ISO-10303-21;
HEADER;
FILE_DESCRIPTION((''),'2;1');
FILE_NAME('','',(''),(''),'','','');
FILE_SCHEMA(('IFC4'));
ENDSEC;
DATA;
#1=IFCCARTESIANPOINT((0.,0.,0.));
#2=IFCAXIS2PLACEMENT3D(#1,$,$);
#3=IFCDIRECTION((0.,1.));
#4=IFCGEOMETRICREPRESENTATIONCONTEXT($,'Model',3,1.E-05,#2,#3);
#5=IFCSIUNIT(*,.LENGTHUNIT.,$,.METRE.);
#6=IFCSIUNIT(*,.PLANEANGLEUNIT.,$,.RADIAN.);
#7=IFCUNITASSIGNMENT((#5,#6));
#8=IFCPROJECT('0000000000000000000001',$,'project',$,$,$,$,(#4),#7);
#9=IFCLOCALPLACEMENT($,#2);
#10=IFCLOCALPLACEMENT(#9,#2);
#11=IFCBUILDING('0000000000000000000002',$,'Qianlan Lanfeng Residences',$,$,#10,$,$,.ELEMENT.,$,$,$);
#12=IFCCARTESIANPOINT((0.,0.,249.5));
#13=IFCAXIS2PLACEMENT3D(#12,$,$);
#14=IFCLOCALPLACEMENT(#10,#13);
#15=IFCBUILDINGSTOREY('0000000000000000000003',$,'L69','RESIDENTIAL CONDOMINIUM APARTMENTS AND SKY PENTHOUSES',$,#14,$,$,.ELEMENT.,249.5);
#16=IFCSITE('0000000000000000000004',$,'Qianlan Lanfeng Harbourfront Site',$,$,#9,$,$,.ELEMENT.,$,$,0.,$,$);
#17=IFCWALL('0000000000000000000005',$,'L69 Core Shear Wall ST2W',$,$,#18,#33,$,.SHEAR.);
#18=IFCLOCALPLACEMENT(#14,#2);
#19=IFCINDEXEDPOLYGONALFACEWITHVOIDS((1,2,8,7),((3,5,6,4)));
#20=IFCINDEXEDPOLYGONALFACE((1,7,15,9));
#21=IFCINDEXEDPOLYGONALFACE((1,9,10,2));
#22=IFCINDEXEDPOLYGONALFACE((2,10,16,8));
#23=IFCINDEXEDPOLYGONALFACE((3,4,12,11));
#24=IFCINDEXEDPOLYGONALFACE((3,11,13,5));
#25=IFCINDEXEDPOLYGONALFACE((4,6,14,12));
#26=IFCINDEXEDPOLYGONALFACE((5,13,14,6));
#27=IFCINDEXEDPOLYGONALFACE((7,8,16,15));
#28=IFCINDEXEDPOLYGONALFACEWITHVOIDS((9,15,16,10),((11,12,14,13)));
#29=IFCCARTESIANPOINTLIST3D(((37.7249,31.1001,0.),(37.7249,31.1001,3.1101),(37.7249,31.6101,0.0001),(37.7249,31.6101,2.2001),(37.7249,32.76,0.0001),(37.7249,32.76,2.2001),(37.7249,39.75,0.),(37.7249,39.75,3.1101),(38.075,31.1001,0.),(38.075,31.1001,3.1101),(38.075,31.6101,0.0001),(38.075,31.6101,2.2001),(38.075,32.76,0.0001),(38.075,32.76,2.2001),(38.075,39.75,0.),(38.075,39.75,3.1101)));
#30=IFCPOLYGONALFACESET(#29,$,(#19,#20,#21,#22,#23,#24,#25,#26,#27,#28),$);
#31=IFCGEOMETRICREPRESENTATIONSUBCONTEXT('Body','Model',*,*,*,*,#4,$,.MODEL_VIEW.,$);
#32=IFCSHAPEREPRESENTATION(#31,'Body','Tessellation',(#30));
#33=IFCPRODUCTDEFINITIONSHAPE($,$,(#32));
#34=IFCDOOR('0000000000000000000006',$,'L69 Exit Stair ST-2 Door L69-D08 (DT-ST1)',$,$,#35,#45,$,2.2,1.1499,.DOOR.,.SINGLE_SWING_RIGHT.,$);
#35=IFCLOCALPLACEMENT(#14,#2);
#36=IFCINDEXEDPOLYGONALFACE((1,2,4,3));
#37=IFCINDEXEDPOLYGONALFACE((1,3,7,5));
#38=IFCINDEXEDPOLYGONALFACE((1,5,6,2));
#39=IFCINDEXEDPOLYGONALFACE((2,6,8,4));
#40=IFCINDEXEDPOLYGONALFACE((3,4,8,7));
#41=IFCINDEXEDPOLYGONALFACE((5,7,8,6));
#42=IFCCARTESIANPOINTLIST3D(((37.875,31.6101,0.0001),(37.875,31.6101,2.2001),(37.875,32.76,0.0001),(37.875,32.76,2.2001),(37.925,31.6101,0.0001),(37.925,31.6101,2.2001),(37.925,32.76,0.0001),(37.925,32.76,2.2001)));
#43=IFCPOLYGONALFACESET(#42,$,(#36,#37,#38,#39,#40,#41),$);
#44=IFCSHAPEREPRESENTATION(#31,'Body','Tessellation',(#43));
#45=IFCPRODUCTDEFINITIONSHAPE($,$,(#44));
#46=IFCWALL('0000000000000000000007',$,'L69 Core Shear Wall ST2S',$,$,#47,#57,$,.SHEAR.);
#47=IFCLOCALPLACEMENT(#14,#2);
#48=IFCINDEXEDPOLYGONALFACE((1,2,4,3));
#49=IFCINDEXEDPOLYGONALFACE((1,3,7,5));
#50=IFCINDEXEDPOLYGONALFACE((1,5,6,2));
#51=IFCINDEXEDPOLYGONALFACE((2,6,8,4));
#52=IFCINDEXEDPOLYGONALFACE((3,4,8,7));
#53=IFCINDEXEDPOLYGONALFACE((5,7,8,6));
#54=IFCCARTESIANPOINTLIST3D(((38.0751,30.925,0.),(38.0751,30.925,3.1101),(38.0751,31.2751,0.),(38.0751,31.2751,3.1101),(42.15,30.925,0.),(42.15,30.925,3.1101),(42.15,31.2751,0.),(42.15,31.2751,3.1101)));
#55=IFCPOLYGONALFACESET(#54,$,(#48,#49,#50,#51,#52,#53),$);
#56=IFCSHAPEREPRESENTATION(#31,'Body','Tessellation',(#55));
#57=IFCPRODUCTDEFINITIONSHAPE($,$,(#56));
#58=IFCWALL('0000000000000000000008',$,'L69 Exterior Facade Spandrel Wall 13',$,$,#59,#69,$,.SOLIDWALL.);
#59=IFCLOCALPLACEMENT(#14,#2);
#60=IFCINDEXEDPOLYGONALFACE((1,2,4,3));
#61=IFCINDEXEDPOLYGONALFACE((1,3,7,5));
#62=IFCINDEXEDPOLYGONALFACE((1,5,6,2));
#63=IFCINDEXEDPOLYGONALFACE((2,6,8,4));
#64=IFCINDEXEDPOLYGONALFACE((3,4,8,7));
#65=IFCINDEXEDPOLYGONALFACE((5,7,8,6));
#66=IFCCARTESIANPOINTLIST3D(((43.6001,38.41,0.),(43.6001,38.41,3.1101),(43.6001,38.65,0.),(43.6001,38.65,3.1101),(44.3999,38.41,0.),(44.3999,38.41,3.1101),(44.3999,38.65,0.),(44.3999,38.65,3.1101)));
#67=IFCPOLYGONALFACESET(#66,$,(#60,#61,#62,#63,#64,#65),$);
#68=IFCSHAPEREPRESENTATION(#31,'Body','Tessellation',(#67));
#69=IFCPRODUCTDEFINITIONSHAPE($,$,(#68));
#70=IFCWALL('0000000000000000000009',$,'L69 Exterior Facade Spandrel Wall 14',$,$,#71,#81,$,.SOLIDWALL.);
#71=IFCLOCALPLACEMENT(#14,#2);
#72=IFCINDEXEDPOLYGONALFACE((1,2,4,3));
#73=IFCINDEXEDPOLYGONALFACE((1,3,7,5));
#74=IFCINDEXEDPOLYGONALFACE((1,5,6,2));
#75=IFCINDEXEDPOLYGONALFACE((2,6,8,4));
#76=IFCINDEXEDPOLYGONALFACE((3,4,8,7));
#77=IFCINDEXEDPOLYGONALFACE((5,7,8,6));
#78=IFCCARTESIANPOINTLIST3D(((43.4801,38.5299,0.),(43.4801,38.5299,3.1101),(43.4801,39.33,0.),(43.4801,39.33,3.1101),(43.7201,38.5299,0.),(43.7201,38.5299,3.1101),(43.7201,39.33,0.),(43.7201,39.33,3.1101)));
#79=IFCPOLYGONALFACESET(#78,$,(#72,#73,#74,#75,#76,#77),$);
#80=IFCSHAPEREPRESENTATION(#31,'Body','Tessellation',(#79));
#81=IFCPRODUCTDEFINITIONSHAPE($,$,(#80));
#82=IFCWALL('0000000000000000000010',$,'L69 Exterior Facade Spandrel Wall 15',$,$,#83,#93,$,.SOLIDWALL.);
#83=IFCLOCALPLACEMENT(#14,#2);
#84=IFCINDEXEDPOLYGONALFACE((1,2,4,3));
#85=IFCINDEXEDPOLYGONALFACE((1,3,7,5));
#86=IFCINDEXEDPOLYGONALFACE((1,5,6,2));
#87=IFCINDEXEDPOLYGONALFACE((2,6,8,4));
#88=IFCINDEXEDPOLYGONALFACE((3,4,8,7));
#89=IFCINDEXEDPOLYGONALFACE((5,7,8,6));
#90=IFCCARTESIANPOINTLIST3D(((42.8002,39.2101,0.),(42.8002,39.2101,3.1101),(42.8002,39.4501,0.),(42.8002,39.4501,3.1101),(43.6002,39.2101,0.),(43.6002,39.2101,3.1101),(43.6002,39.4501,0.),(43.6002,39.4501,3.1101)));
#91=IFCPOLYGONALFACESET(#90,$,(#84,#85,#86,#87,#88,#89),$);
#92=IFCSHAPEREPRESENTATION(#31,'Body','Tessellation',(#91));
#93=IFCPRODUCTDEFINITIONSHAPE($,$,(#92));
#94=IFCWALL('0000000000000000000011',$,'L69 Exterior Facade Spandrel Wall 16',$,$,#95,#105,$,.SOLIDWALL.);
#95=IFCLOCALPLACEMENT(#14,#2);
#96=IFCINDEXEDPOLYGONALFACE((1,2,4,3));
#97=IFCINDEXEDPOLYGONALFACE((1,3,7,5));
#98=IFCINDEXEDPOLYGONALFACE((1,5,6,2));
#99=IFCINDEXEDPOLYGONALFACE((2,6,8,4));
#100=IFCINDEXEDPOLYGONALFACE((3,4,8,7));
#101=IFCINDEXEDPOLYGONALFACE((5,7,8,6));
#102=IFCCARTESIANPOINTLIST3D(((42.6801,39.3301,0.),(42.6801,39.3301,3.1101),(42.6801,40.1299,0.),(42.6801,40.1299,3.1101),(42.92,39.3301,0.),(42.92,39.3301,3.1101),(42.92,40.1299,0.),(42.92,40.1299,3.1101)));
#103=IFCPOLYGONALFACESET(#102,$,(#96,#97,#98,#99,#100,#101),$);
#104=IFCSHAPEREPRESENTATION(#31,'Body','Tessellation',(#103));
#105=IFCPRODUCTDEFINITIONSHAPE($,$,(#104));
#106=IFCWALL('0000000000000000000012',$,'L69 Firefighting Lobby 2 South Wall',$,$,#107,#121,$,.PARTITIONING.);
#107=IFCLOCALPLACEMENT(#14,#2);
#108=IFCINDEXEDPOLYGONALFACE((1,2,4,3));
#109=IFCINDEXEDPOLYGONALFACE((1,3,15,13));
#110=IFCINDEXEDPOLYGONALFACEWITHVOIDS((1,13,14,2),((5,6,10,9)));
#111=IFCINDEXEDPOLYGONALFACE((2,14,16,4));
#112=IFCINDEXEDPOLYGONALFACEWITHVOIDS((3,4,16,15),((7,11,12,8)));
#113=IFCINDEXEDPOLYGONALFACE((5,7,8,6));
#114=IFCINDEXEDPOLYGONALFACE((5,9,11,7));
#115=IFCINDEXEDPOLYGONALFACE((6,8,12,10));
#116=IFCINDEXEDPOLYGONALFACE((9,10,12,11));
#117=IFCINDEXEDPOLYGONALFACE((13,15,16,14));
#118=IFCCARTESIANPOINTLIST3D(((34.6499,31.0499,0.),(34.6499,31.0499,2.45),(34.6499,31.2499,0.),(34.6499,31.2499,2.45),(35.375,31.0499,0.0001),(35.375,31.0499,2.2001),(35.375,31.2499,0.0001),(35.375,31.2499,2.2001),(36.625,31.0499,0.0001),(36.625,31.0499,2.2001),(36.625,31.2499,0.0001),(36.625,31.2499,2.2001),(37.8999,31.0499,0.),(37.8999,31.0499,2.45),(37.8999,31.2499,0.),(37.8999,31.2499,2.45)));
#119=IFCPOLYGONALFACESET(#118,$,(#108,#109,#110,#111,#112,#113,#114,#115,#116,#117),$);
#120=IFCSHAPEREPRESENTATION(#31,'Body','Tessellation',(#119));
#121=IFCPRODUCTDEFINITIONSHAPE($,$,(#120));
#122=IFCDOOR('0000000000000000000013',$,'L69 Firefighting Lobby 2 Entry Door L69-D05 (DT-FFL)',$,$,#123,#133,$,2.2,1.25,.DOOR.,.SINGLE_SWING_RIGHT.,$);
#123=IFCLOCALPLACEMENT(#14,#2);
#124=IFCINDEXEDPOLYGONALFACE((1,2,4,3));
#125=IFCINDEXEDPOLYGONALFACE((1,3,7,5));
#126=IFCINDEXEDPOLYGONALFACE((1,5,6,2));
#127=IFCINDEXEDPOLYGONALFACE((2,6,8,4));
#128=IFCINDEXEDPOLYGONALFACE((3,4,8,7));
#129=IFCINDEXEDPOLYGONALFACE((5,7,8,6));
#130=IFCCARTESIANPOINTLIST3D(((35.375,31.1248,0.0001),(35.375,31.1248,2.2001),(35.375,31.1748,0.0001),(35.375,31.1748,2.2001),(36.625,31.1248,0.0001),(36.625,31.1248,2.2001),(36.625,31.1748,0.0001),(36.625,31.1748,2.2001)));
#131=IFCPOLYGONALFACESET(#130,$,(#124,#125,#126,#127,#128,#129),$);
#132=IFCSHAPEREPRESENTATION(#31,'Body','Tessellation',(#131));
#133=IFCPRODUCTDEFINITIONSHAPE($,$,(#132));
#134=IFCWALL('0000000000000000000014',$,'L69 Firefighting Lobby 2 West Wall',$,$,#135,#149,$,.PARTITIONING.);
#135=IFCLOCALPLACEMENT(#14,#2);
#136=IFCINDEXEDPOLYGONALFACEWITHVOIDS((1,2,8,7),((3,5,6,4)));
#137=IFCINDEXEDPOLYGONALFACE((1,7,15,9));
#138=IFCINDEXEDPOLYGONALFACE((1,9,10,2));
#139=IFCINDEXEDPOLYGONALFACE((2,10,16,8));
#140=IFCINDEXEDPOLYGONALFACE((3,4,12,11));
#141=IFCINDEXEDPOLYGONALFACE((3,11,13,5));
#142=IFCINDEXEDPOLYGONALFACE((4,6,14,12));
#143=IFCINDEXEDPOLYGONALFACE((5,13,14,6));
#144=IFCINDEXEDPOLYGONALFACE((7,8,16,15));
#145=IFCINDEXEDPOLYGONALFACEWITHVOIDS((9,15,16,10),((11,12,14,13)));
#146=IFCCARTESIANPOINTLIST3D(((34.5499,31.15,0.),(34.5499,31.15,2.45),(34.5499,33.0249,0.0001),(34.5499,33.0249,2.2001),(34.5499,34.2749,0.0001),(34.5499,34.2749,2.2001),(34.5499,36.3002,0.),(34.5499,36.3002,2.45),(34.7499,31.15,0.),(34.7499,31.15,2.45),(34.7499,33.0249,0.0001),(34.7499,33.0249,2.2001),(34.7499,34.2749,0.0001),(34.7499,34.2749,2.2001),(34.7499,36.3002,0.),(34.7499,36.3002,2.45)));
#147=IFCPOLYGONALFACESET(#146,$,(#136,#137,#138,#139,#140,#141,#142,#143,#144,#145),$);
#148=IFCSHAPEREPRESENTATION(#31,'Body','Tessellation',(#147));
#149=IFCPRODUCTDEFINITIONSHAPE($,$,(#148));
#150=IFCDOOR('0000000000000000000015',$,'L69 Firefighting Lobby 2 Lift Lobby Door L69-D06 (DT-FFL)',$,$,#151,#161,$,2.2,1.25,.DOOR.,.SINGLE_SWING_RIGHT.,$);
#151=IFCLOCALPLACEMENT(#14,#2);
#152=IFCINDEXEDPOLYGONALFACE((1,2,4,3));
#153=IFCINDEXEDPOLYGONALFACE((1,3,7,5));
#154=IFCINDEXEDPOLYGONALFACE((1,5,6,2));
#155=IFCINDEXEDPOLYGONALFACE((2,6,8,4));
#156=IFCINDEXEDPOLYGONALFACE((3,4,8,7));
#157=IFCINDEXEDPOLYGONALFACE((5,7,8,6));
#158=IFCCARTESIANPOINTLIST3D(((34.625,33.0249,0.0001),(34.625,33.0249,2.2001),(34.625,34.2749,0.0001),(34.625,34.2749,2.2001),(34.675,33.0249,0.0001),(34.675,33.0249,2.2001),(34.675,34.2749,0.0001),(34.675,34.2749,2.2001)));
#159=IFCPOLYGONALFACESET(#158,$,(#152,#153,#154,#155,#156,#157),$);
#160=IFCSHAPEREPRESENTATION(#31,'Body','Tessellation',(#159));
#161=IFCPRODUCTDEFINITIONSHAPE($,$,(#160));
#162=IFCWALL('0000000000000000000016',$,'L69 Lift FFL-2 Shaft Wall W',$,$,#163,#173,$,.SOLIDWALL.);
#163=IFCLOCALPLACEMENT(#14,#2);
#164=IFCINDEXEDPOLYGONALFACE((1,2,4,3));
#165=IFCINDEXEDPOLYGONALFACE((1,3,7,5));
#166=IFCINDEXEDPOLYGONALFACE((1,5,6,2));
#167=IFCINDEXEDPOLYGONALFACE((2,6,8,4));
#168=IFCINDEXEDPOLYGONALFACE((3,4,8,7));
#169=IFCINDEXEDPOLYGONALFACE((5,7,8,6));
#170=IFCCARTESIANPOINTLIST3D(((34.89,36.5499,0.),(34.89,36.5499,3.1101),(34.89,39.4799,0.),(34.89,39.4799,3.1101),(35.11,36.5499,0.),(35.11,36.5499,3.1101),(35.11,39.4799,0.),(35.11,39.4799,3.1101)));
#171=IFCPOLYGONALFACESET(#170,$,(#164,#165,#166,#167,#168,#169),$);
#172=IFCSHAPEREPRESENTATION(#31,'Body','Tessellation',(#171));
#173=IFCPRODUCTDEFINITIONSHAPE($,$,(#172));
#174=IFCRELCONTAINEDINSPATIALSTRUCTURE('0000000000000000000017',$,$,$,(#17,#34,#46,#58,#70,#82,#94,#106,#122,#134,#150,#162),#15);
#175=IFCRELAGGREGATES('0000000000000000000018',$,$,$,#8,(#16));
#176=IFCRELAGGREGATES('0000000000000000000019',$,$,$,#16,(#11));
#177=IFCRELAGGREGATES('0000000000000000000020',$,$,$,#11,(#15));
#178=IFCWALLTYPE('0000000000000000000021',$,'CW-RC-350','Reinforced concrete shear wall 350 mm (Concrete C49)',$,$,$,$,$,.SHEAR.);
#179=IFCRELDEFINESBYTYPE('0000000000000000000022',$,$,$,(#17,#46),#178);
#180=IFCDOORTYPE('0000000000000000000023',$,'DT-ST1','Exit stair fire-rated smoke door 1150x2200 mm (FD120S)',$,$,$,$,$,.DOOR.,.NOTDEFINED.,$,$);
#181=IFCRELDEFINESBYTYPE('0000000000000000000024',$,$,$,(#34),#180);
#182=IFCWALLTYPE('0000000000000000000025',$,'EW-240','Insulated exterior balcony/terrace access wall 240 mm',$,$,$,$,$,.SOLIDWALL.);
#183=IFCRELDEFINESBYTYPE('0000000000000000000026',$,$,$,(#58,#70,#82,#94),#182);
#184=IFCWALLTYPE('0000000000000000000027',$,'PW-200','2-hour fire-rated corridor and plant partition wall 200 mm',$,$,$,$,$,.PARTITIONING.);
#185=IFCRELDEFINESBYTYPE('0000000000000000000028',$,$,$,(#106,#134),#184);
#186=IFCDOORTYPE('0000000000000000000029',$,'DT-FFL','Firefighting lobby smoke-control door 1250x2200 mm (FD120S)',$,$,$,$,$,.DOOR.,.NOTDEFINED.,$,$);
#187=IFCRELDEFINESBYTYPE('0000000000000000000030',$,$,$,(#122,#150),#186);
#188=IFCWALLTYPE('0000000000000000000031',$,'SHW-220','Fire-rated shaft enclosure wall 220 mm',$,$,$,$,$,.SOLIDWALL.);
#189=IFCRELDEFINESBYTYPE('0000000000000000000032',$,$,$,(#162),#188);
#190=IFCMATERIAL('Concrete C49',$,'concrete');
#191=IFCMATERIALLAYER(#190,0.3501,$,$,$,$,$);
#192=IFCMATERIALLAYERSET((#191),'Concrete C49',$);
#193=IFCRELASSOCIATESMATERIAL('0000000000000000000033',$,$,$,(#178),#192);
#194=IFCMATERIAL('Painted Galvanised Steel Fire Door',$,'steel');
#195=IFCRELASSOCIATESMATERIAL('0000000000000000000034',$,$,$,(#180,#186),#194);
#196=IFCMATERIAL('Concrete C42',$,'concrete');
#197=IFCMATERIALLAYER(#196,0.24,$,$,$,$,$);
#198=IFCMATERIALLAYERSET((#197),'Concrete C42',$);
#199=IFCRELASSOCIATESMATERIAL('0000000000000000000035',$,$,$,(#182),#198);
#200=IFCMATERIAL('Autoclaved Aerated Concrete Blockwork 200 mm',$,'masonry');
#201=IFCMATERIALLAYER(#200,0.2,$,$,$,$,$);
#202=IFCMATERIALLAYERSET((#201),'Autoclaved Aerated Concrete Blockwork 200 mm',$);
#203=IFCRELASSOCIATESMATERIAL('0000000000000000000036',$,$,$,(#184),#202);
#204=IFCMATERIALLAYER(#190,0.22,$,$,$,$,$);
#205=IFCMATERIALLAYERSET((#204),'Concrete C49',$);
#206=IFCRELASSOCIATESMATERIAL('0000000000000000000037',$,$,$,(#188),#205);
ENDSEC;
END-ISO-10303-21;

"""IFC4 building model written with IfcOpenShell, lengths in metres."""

from ifc_helpers import new_model, si_unit, direction, frame, frame_2d, origin, place, context, subcontext, project, spatial, rectangle, extrude, material, layer, layer_set, type_object, element, fill, save


model = new_model("IFC4")

# Units and contexts
model_context = context("Model", 3, precision=1e-05, world=origin(), true_north=direction((0.0, 1.0)))
body_context = subcontext(model_context, "Body", "Model", "MODEL_VIEW")
ifc_project = project(units=[si_unit("LENGTHUNIT", "METRE"), si_unit("PLANEANGLEUNIT", "RADIAN")], contexts=[model_context])

# Site, building, storey
site_placement = place(None, origin())
site = spatial("IfcSite", under=ifc_project, at=site_placement, Name="Qianlan Lanfeng Harbourfront Site", CompositionType="ELEMENT", RefElevation=0.0)
building_placement = place(site_placement, origin())
building = spatial("IfcBuilding", under=site, at=building_placement, Name="Qianlan Lanfeng Residences", CompositionType="ELEMENT")
storey_placement = place(building_placement, frame((0.0, 0.0, 249.5)))
storey = spatial("IfcBuildingStorey", under=building, at=storey_placement, Name="L69", Description="RESIDENTIAL CONDOMINIUM APARTMENTS AND SKY PENTHOUSES", CompositionType="ELEMENT", Elevation=249.5)

# Wall, opening, door
ifc_material_1 = material(Name="Concrete C49", Category="concrete")
ifc_layer_1 = layer(ifc_material_1, 0.3501)
ifc_layer_set_1 = layer_set([ifc_layer_1], Name="Concrete C49")
wall_type_1 = type_object("IfcWallType", Name="CW-RC-350", Description="Reinforced concrete shear wall 350 mm (Concrete C49)", PredefinedType="SHEAR", material=ifc_layer_set_1)
wall_1_placement = place(storey_placement, frame((37.8999, 31.1001, 0.0), z_axis=(0.0, 0.0, 1.0), x_axis=(0.0, 1.0, 0.0)))
wall_1 = element("IfcWall", 1, at=wall_1_placement, inside=storey, type_object=wall_type_1, Name="L69 Core Shear Wall ST2W", PredefinedType="SHEAR", context=body_context, shape_type="SweptSolid", body=[
    extrude(rectangle(XDim=8.6499, YDim=0.3501, at=frame_2d((4.325, 0.0))), origin(), (0.0, 0.0, 1.0), 3.1101),
])
opening_1_placement = place(wall_1_placement, frame((0.51, 0.0, 0.0)))
opening_1 = element("IfcOpeningElement", 2, at=opening_1_placement, cuts=wall_1, PredefinedType="OPENING", context=body_context, shape_type="SweptSolid", body=[
    extrude(rectangle(XDim=1.1499, YDim=2.2, at=frame_2d((0.575, 1.1001))), frame((0.0, 0.1851, 0.0), z_axis=(0.0, -1.0, 0.0), x_axis=(1.0, 0.0, 0.0)), (0.0, 0.0, 1.0), 0.3701),
])
ifc_material_2 = material(Name="Painted Galvanised Steel Fire Door", Category="steel")
door_type_1 = type_object("IfcDoorType", Name="DT-ST1", Description="Exit stair fire-rated smoke door 1150x2200 mm (FD120S)", OperationType="NOTDEFINED", PredefinedType="DOOR", material=ifc_material_2)
door_1_placement = place(opening_1_placement, origin())
door_1 = element("IfcDoor", 3, at=door_1_placement, inside=storey, type_object=door_type_1, Name="L69 Exit Stair ST-2 Door L69-D08 (DT-ST1)", OperationType="SINGLE_SWING_RIGHT", OverallHeight=2.2, OverallWidth=1.1499, PredefinedType="DOOR", context=body_context, shape_type="SweptSolid", body=[
    extrude(rectangle(XDim=1.1499, YDim=2.2, at=frame_2d((0.575, 1.1001))), frame((0.0, 0.0249, 0.0), z_axis=(0.0, -1.0, 0.0), x_axis=(1.0, 0.0, 0.0)), (0.0, 0.0, 1.0), 0.05),
])
fill(opening_1, door_1)

# Walls
wall_2_placement = place(storey_placement, frame((38.075, 31.1001, 0.0), z_axis=(0.0, 0.0, 1.0), x_axis=(1.0, 0.0, 0.0)))
element("IfcWall", 4, at=wall_2_placement, inside=storey, type_object=wall_type_1, Name="L69 Core Shear Wall ST2S", PredefinedType="SHEAR", context=body_context, shape_type="SweptSolid", body=[
    extrude(rectangle(XDim=4.075, YDim=0.3501, at=frame_2d((2.0376, 0.0))), origin(), (0.0, 0.0, 1.0), 3.1101),
])
ifc_material_3 = material(Name="Concrete C42", Category="concrete")
ifc_layer_2 = layer(ifc_material_3, 0.24)
ifc_layer_set_2 = layer_set([ifc_layer_2], Name="Concrete C42")
wall_type_2 = type_object("IfcWallType", Name="EW-240", Description="Insulated exterior balcony/terrace access wall 240 mm", PredefinedType="SOLIDWALL", material=ifc_layer_set_2)
wall_3_placement = place(storey_placement, frame((44.3999, 38.53, 0.0), z_axis=(0.0, 0.0, 1.0), x_axis=(-1.0, 0.0, 0.0)))
element("IfcWall", 5, at=wall_3_placement, inside=storey, type_object=wall_type_2, Name="L69 Exterior Facade Spandrel Wall 13", PredefinedType="SOLIDWALL", context=body_context, shape_type="SweptSolid", body=[
    extrude(rectangle(XDim=0.7998, YDim=0.24, at=frame_2d((0.3999, 0.0))), origin(), (0.0, 0.0, 1.0), 3.1101),
])
for number, where, z_axis, x_axis, name in (
    (6, (43.6001, 38.53, 0.0), (0.0, 0.0, 1.0), (0.0, 1.0, 0.0), "L69 Exterior Facade Spandrel Wall 14"),
    (7, (43.6001, 39.3301, 0.0), (0.0, 0.0, 1.0), (-1.0, 0.0, 0.0), "L69 Exterior Facade Spandrel Wall 15"),
):
    element("IfcWall", number, at=place(storey_placement, frame(where, z_axis=z_axis, x_axis=x_axis)), inside=storey, type_object=wall_type_2, Name=name, PredefinedType="SOLIDWALL", context=body_context, shape_type="SweptSolid", body=[
        extrude(rectangle(XDim=0.8, YDim=0.24, at=frame_2d((0.3999, 0.0))), origin(), (0.0, 0.0, 1.0), 3.1101),
    ])
wall_4_placement = place(storey_placement, frame((42.8, 39.3301, 0.0), z_axis=(0.0, 0.0, 1.0), x_axis=(0.0, 1.0, 0.0)))
element("IfcWall", 8, at=wall_4_placement, inside=storey, type_object=wall_type_2, Name="L69 Exterior Facade Spandrel Wall 16", PredefinedType="SOLIDWALL", context=body_context, shape_type="SweptSolid", body=[
    extrude(rectangle(XDim=0.7998, YDim=0.24, at=frame_2d((0.3999, 0.0))), origin(), (0.0, 0.0, 1.0), 3.1101),
])

# Walls, openings, doors
ifc_material_4 = material(Name="Autoclaved Aerated Concrete Blockwork 200 mm", Category="masonry")
ifc_layer_3 = layer(ifc_material_4, 0.2)
ifc_layer_set_3 = layer_set([ifc_layer_3], Name="Autoclaved Aerated Concrete Blockwork 200 mm")
wall_type_3 = type_object("IfcWallType", Name="PW-200", Description="2-hour fire-rated corridor and plant partition wall 200 mm", PredefinedType="PARTITIONING", material=ifc_layer_set_3)
wall_5_placement = place(storey_placement, frame((34.6499, 31.1499, 0.0), z_axis=(0.0, 0.0, 1.0), x_axis=(1.0, 0.0, 0.0)))
wall_5 = element("IfcWall", 9, at=wall_5_placement, inside=storey, type_object=wall_type_3, Name="L69 Firefighting Lobby 2 South Wall", PredefinedType="PARTITIONING", context=body_context, shape_type="SweptSolid", body=[
    extrude(rectangle(XDim=3.25, YDim=0.2, at=frame_2d((1.625, 0.0))), origin(), (0.0, 0.0, 1.0), 2.45),
])
opening_2_placement = place(wall_5_placement, frame((0.7251, 0.0, 0.0)))
opening_2 = element("IfcOpeningElement", 10, at=opening_2_placement, cuts=wall_5, PredefinedType="OPENING", context=body_context, shape_type="SweptSolid", body=[
    extrude(rectangle(XDim=1.25, YDim=2.2, at=frame_2d((0.625, 1.1001))), frame((0.0, 0.1099, 0.0), z_axis=(0.0, -1.0, 0.0), x_axis=(1.0, 0.0, 0.0)), (0.0, 0.0, 1.0), 0.22),
])
door_type_2 = type_object("IfcDoorType", Name="DT-FFL", Description="Firefighting lobby smoke-control door 1250x2200 mm (FD120S)", OperationType="NOTDEFINED", PredefinedType="DOOR", material=ifc_material_2)
door_2_placement = place(opening_2_placement, origin())
door_2 = element("IfcDoor", 11, at=door_2_placement, inside=storey, type_object=door_type_2, Name="L69 Firefighting Lobby 2 Entry Door L69-D05 (DT-FFL)", OperationType="SINGLE_SWING_RIGHT", OverallHeight=2.2, OverallWidth=1.25, PredefinedType="DOOR", context=body_context, shape_type="SweptSolid", body=[
    extrude(rectangle(XDim=1.25, YDim=2.2, at=frame_2d((0.625, 1.1001))), frame((0.0, 0.0249, 0.0), z_axis=(0.0, -1.0, 0.0), x_axis=(1.0, 0.0, 0.0)), (0.0, 0.0, 1.0), 0.05),
])
fill(opening_2, door_2)
wall_6_placement = place(storey_placement, frame((34.6499, 31.1499, 0.0), z_axis=(0.0, 0.0, 1.0), x_axis=(0.0, 1.0, 0.0)))
wall_6 = element("IfcWall", 12, at=wall_6_placement, inside=storey, type_object=wall_type_3, Name="L69 Firefighting Lobby 2 West Wall", PredefinedType="PARTITIONING", context=body_context, shape_type="SweptSolid", body=[
    extrude(rectangle(XDim=5.1501, YDim=0.2, at=frame_2d((2.5752, 0.0))), origin(), (0.0, 0.0, 1.0), 2.45),
])
opening_3_placement = place(wall_6_placement, frame((1.875, 0.0, 0.0)))
opening_3 = element("IfcOpeningElement", 13, at=opening_3_placement, cuts=wall_6, PredefinedType="OPENING", context=body_context, shape_type="SweptSolid", body=[
    extrude(rectangle(XDim=1.25, YDim=2.2, at=frame_2d((0.625, 1.1001))), frame((0.0, 0.1099, 0.0), z_axis=(0.0, -1.0, 0.0), x_axis=(1.0, 0.0, 0.0)), (0.0, 0.0, 1.0), 0.22),
])
door_3_placement = place(opening_3_placement, origin())
door_3 = element("IfcDoor", 14, at=door_3_placement, inside=storey, type_object=door_type_2, Name="L69 Firefighting Lobby 2 Lift Lobby Door L69-D06 (DT-FFL)", OperationType="SINGLE_SWING_RIGHT", OverallHeight=2.2, OverallWidth=1.25, PredefinedType="DOOR", context=body_context, shape_type="SweptSolid", body=[
    extrude(rectangle(XDim=1.25, YDim=2.2, at=frame_2d((0.625, 1.1001))), frame((0.0, 0.0249, 0.0), z_axis=(0.0, -1.0, 0.0), x_axis=(1.0, 0.0, 0.0)), (0.0, 0.0, 1.0), 0.05),
])
fill(opening_3, door_3)

# Wall
ifc_layer_4 = layer(ifc_material_1, 0.22)
ifc_layer_set_4 = layer_set([ifc_layer_4], Name="Concrete C49")
wall_type_4 = type_object("IfcWallType", Name="SHW-220", Description="Fire-rated shaft enclosure wall 220 mm", PredefinedType="SOLIDWALL", material=ifc_layer_set_4)
for number, where, z_axis, x_axis, name in (
    (15, (35.0, 36.55, 0.0), (0.0, 0.0, 1.0), (0.0, 1.0, 0.0), "L69 Lift FFL-2 Shaft Wall W"),
):
    element("IfcWall", number, at=place(storey_placement, frame(where, z_axis=z_axis, x_axis=x_axis)), inside=storey, type_object=wall_type_4, Name=name, PredefinedType="SOLIDWALL", context=body_context, shape_type="SweptSolid", body=[
        extrude(rectangle(XDim=2.9299, YDim=0.22, at=frame_2d((1.4648, 0.0))), origin(), (0.0, 0.0, 1.0), 3.1101),
    ])

save(model, "model.ifc")
